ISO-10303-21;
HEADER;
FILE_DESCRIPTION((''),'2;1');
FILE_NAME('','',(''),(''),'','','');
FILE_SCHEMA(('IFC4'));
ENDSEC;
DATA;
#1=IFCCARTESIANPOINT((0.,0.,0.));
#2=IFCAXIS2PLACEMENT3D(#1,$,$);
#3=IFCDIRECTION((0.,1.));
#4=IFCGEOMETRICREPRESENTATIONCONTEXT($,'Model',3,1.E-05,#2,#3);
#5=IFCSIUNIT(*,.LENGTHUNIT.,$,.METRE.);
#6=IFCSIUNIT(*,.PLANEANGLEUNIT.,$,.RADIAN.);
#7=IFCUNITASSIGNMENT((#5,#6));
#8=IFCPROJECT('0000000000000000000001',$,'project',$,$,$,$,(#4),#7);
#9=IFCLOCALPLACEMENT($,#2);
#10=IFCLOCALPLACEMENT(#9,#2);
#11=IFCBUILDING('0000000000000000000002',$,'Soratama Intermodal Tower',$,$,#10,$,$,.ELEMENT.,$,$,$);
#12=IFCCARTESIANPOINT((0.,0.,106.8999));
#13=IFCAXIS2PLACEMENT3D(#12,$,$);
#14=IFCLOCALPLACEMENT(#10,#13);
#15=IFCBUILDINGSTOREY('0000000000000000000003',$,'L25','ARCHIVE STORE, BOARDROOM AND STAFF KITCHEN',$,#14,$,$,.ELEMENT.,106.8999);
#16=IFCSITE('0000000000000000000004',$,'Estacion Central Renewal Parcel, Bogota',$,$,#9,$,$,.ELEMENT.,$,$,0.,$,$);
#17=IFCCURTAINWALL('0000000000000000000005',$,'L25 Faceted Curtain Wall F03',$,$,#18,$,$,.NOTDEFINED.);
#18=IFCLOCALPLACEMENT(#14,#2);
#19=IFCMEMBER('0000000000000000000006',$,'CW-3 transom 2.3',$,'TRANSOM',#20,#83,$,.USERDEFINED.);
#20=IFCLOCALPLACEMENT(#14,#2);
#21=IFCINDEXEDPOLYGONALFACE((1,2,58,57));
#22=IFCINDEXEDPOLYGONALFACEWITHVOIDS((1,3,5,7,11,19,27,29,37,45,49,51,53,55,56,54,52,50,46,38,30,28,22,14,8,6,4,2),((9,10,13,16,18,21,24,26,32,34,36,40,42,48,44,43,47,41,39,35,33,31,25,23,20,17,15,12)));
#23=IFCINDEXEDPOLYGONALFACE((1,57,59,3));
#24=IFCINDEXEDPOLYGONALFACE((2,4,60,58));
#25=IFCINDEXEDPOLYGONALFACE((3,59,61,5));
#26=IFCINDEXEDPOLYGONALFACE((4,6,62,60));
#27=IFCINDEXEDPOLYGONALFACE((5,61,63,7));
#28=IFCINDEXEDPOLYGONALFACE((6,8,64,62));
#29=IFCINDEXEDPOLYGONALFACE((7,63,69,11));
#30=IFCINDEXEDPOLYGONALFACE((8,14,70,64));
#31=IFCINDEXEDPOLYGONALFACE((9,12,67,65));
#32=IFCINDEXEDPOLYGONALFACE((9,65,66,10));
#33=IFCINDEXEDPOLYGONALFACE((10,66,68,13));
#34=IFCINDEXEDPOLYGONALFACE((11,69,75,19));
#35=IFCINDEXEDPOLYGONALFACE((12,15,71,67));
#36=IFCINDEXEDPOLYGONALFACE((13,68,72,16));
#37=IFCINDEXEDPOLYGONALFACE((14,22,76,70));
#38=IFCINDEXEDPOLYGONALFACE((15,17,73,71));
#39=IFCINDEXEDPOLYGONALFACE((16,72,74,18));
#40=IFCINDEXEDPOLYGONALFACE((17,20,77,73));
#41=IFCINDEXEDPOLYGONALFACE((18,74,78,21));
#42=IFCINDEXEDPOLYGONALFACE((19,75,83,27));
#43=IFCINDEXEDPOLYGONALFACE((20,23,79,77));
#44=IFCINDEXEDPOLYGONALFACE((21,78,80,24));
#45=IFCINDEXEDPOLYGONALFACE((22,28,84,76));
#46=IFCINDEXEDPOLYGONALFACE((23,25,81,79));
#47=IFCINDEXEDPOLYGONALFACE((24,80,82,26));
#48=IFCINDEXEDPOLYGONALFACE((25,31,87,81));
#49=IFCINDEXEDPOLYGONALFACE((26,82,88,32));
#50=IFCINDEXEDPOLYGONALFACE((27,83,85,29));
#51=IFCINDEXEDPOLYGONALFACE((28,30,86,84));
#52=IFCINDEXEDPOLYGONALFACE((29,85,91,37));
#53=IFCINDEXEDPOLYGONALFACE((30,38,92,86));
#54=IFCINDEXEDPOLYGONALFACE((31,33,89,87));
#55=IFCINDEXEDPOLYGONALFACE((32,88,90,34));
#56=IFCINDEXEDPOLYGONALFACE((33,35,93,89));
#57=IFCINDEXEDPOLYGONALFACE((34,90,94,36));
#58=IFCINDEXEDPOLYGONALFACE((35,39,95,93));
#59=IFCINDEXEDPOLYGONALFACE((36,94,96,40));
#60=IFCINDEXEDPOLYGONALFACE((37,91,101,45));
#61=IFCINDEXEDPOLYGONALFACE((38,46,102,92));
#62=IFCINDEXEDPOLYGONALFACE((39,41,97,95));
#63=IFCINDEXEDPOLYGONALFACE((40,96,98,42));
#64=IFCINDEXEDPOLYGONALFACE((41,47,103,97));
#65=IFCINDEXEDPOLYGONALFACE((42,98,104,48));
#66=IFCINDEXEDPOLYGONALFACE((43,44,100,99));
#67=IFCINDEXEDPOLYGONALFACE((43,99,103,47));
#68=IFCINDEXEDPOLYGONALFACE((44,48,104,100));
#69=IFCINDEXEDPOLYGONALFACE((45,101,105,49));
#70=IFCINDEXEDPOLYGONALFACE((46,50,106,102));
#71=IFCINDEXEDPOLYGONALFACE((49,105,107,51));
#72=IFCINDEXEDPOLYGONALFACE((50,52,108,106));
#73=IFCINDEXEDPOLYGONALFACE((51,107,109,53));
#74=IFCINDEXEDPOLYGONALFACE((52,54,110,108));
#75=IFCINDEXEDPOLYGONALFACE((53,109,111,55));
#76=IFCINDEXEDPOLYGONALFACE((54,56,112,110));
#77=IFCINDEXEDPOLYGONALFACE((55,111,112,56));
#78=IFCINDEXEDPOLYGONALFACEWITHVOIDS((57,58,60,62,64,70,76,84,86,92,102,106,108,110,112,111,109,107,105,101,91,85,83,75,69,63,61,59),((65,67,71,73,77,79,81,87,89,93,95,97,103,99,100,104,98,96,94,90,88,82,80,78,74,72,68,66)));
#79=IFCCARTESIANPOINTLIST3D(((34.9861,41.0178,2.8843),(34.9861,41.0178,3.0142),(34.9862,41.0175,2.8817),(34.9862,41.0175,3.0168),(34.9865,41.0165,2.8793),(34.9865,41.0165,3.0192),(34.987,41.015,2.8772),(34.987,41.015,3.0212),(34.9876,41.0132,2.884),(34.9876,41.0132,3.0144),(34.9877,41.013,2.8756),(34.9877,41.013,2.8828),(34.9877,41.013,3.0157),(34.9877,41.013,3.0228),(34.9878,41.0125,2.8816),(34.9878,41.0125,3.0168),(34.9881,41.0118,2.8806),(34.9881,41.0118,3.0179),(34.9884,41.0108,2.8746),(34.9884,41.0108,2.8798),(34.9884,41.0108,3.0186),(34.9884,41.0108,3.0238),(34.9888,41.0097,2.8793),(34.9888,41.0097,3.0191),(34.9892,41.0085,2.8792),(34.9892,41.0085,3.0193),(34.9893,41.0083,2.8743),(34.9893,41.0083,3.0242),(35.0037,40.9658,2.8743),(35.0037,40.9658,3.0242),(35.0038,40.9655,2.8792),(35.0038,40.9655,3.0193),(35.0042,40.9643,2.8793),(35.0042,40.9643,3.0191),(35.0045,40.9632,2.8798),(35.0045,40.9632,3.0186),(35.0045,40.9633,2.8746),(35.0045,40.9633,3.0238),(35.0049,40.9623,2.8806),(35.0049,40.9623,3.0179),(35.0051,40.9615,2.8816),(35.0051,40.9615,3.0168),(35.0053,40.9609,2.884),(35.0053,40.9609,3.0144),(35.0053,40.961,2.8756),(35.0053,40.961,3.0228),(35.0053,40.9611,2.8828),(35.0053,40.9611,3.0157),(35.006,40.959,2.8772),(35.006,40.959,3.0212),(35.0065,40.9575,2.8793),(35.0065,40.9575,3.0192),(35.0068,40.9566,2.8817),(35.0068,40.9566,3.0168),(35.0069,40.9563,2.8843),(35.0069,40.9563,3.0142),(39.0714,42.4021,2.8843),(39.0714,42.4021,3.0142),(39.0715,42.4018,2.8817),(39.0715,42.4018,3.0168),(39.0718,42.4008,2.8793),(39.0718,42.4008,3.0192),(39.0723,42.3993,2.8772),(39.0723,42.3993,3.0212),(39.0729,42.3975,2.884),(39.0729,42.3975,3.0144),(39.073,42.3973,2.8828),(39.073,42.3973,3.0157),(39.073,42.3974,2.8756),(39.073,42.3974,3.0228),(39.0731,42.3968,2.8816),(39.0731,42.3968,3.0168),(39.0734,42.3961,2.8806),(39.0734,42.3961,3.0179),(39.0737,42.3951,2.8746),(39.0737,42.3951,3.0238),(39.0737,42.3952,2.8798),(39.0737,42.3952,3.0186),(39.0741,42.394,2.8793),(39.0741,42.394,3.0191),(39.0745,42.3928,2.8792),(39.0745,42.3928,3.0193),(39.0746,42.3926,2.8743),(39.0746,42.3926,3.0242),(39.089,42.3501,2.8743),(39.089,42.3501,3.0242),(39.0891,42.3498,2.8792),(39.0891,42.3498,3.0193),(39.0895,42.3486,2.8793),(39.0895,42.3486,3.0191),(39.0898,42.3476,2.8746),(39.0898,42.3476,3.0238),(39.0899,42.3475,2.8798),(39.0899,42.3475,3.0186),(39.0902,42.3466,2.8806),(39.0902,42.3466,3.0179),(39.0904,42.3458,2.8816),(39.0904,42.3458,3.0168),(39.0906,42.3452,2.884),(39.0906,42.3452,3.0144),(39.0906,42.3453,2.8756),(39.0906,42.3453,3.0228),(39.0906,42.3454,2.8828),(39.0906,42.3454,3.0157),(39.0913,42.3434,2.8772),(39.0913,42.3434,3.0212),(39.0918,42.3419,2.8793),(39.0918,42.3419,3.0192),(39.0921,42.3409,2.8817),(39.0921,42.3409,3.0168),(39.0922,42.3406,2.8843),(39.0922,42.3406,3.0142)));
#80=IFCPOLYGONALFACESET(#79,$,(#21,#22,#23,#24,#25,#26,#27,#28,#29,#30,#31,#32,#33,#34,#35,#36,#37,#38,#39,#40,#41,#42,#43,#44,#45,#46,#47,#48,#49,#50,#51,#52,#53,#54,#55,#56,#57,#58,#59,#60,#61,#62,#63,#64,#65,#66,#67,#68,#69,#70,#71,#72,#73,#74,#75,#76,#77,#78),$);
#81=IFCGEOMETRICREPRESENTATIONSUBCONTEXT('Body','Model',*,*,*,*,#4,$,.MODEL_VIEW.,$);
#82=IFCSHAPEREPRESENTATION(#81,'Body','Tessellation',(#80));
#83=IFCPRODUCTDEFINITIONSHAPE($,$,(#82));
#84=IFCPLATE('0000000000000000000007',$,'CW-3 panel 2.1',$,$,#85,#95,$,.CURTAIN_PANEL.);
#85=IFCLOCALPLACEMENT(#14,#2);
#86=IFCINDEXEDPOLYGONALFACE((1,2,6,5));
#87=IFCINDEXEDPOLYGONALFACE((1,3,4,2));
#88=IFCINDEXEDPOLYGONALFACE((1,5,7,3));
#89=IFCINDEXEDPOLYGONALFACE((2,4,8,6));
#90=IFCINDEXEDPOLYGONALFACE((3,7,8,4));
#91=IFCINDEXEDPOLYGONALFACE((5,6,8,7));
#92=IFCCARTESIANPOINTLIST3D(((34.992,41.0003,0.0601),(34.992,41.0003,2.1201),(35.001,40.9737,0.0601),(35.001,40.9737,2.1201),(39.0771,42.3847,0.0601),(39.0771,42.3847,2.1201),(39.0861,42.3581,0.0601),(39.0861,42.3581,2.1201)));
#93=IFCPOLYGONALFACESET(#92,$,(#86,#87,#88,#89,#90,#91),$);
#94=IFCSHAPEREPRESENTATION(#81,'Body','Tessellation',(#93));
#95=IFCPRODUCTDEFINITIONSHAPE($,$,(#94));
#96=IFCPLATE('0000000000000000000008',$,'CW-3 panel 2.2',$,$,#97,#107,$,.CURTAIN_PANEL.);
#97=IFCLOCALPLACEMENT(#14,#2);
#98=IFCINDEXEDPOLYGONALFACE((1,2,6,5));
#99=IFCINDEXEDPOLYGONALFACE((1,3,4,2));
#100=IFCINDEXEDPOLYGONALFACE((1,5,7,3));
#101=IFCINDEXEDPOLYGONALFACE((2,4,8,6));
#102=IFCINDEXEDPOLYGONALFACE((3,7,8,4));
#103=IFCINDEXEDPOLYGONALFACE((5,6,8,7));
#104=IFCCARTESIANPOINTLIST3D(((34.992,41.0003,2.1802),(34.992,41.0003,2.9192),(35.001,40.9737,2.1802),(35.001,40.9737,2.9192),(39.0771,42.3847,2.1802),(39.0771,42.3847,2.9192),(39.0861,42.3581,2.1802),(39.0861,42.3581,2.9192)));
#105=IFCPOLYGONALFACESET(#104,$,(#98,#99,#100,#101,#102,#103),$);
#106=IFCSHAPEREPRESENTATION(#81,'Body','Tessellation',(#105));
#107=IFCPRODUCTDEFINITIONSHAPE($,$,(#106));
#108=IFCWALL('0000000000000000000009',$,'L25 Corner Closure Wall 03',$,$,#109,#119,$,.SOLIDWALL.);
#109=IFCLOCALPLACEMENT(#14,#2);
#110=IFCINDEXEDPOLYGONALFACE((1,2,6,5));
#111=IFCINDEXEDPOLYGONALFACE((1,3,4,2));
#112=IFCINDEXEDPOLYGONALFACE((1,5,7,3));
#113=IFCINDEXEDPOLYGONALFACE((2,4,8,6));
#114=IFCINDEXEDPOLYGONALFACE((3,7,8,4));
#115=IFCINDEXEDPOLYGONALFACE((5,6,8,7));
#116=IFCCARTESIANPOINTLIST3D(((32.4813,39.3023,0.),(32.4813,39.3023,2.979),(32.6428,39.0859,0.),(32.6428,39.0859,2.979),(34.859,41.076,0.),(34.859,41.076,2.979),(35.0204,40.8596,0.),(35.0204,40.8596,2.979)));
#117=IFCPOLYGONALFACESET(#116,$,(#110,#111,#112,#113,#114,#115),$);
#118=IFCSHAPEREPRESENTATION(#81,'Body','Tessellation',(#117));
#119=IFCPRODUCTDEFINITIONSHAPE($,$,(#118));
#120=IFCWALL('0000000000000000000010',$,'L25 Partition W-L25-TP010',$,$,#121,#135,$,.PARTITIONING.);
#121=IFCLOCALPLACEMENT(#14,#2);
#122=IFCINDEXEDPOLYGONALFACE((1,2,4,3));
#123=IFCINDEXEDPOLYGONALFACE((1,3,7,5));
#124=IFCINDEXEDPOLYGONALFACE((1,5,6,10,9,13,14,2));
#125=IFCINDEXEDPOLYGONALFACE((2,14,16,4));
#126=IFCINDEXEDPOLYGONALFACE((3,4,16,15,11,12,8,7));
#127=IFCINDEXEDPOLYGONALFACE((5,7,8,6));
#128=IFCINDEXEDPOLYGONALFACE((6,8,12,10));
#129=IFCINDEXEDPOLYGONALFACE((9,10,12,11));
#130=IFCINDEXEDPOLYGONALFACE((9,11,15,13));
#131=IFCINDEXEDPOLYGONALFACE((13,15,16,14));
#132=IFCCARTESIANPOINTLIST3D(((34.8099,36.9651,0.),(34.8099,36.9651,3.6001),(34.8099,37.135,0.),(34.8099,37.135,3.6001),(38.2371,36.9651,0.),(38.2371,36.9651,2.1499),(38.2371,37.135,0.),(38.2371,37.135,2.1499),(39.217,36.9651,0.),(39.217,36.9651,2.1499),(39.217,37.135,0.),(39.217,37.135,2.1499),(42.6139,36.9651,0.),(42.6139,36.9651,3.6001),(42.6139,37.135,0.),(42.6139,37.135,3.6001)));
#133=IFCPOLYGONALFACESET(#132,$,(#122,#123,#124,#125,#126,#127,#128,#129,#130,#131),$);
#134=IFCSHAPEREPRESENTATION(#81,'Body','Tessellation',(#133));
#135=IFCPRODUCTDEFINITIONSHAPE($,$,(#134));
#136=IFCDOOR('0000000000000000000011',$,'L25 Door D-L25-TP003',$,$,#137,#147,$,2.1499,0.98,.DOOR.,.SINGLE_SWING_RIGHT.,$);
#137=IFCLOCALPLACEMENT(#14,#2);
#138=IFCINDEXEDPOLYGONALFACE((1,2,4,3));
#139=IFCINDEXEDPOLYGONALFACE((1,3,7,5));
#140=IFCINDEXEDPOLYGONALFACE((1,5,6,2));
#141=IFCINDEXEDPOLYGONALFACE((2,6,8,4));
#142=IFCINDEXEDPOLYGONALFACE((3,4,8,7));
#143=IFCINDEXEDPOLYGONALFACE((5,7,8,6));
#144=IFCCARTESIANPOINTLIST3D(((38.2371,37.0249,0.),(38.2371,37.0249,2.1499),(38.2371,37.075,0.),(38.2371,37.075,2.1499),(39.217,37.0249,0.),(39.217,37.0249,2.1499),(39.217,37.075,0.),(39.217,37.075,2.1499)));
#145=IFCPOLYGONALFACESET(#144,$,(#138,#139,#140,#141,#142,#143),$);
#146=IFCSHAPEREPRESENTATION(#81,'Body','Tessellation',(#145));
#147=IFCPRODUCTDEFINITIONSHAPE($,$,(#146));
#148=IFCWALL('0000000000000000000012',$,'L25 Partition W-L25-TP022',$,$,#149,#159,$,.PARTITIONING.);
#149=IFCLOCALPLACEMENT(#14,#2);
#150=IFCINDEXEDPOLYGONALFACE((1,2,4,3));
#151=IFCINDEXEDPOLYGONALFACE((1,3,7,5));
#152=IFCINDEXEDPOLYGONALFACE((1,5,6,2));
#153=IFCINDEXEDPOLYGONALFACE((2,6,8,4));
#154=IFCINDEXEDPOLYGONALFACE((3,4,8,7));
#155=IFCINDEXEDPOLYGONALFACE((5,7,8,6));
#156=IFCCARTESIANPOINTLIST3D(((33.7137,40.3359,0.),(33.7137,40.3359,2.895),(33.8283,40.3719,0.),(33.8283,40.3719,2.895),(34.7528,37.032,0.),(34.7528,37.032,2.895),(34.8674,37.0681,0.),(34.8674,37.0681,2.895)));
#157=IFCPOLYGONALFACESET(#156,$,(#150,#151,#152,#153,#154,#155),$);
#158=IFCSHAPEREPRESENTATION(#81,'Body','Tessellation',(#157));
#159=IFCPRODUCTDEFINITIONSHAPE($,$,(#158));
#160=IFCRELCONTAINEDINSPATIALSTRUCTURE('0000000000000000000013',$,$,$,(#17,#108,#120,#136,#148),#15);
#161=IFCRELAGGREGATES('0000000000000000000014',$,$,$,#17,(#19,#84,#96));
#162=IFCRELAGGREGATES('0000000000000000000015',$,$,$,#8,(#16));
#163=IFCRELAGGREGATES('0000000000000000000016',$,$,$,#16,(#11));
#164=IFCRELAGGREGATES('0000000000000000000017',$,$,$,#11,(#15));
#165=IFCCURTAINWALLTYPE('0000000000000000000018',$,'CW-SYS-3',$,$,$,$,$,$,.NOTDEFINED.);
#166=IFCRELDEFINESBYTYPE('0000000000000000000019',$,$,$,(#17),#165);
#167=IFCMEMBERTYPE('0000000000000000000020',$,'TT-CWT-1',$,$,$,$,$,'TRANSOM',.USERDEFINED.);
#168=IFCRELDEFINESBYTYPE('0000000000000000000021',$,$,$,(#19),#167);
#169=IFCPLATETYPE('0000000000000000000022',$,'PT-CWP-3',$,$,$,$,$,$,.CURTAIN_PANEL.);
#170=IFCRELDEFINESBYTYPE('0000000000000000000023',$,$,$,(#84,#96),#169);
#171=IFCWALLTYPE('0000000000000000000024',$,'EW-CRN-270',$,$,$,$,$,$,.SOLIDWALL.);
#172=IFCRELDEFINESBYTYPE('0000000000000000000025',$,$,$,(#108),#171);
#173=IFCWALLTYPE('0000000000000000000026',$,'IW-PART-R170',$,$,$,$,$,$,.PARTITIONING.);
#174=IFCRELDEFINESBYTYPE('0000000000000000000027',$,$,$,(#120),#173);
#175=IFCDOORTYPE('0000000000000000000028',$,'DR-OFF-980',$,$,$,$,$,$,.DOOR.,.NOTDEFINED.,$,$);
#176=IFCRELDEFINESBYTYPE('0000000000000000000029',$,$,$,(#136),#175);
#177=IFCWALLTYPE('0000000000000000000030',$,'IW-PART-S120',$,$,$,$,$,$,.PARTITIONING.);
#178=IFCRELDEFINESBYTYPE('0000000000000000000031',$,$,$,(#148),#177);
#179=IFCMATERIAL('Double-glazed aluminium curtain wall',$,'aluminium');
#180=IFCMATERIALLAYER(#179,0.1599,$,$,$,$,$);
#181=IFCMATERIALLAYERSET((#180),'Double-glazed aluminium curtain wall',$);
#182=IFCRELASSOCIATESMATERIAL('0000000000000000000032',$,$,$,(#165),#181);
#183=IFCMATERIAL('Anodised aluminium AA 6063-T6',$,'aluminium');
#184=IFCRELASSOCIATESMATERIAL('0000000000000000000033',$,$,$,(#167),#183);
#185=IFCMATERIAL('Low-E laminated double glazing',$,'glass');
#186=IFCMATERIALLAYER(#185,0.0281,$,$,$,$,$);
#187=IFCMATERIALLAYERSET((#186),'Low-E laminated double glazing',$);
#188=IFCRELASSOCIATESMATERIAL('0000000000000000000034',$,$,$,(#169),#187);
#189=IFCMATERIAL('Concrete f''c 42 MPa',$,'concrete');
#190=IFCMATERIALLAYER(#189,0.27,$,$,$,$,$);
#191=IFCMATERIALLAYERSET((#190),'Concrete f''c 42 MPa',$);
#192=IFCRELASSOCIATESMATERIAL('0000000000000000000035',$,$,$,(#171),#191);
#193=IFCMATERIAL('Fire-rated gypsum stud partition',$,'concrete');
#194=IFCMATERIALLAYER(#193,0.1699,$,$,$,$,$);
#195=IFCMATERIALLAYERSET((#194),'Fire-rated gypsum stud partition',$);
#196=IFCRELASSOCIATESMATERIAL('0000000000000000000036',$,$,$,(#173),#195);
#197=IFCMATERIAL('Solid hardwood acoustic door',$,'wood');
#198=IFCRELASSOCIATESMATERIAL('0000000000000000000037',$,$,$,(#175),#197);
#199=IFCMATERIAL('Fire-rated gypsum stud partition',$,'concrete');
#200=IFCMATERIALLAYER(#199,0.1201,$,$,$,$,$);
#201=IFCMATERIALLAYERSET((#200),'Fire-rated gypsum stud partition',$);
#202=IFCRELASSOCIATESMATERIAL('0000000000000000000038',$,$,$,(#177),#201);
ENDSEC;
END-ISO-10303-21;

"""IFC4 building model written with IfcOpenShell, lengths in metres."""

from ifc_helpers import new_model, si_unit, direction, frame, frame_2d, origin, origin_2d, place, context, subcontext, project, spatial, rectangle, hollow_rectangle, extrude, material, layer, layer_set, material_profile, profile_set, type_object, element, fill, aggregate, save


model = new_model("IFC4")

# Units and contexts
model_context = context("Model", 3, precision=1e-05, world=origin(), true_north=direction((0.0, 1.0)))
body_context = subcontext(model_context, "Body", "Model", "MODEL_VIEW")
ifc_project = project(units=[si_unit("LENGTHUNIT", "METRE"), si_unit("PLANEANGLEUNIT", "RADIAN")], contexts=[model_context])

# Site, building, storey
site_placement = place(None, origin())
site = spatial("IfcSite", under=ifc_project, at=site_placement, Name="Estacion Central Renewal Parcel, Bogota", CompositionType="ELEMENT", RefElevation=0.0)
building_placement = place(site_placement, origin())
building = spatial("IfcBuilding", under=site, at=building_placement, Name="Soratama Intermodal Tower", CompositionType="ELEMENT")
storey_placement = place(building_placement, frame((0.0, 0.0, 106.8999)))
storey = spatial("IfcBuildingStorey", under=building, at=storey_placement, Name="L25", Description="ARCHIVE STORE, BOARDROOM AND STAFF KITCHEN", CompositionType="ELEMENT", Elevation=106.8999)

# Curtain wall, member, plates
ifc_material_1 = material(Name="Double-glazed aluminium curtain wall", Category="aluminium")
ifc_layer_1 = layer(ifc_material_1, 0.1599)
ifc_layer_set_1 = layer_set([ifc_layer_1], Name="Double-glazed aluminium curtain wall")
curtain_wall_type = type_object("IfcCurtainWallType", Name="CW-SYS-3", PredefinedType="NOTDEFINED", material=ifc_layer_set_1)
curtain_wall_placement = place(storey_placement, origin())
curtain_wall = element("IfcCurtainWall", 1, at=curtain_wall_placement, inside=storey, type_object=curtain_wall_type, Name="L25 Faceted Curtain Wall F03", PredefinedType="NOTDEFINED")
ifc_material_2 = material(Name="Anodised aluminium AA 6063-T6", Category="aluminium")
ifc_material_profile_1 = material_profile(ifc_material_2, hollow_rectangle(XDim=0.0649, YDim=0.1499, WallThickness=0.0049, InnerFilletRadius=0.0049, OuterFilletRadius=0.01, at=origin_2d()), Name="CWT150X65X5")
ifc_profile_set_1 = profile_set([ifc_material_profile_1], Name="Anodised aluminium AA 6063-T6")
member_type_1 = type_object("IfcMemberType", Name="TT-CWT-1", ElementType="TRANSOM", PredefinedType="USERDEFINED", material=ifc_profile_set_1)
member_1_placement = place(storey_placement, frame((39.0818, 42.3713, 2.9492), z_axis=(-0.947104, -0.320927, 0.0), x_axis=(0.320927, -0.947104, 0.0)))
member_1 = element("IfcMember", 2, at=member_1_placement, type_object=member_type_1, Name="CW-3 transom 2.3", ObjectType="TRANSOM", PredefinedType="USERDEFINED", context=body_context, shape_type="SweptSolid", body=[
    extrude(hollow_rectangle(XDim=0.0649, YDim=0.1499, WallThickness=0.0049, InnerFilletRadius=0.0049, OuterFilletRadius=0.01, at=origin_2d()), origin(), (0.0, 0.0, 1.0), 4.3135),
])
ifc_material_3 = material(Name="Low-E laminated double glazing", Category="glass")
ifc_layer_2 = layer(ifc_material_3, 0.0281)
ifc_layer_set_2 = layer_set([ifc_layer_2], Name="Low-E laminated double glazing")
plate_type = type_object("IfcPlateType", Name="PT-CWP-3", PredefinedType="CURTAIN_PANEL", material=ifc_layer_set_2)
plate_1_placement = place(storey_placement, frame((37.0391, 41.6792, 0.0601), z_axis=(0.0, 0.0, 1.0), x_axis=(-0.947098, -0.320945, 0.0)))
plate_1 = element("IfcPlate", 3, at=plate_1_placement, type_object=plate_type, Name="CW-3 panel 2.1", PredefinedType="CURTAIN_PANEL", context=body_context, shape_type="SweptSolid", body=[
    extrude(rectangle(XDim=4.3132, YDim=0.0281, at=origin_2d()), origin(), (0.0, 0.0, 1.0), 2.0601),
])
plate_2_placement = place(storey_placement, frame((37.0391, 41.6792, 2.1802), z_axis=(0.0, 0.0, 1.0), x_axis=(-0.947098, -0.320945, 0.0)))
plate_2 = element("IfcPlate", 4, at=plate_2_placement, type_object=plate_type, Name="CW-3 panel 2.2", PredefinedType="CURTAIN_PANEL", context=body_context, shape_type="SweptSolid", body=[
    extrude(rectangle(XDim=4.3132, YDim=0.0281, at=origin_2d()), origin(), (0.0, 0.0, 1.0), 0.739),
])
aggregate(curtain_wall, [member_1, plate_1, plate_2])

# Wall
ifc_material_4 = material(Name="Concrete f'c 42 MPa", Category="concrete")
ifc_layer_3 = layer(ifc_material_4, 0.27)
ifc_layer_set_3 = layer_set([ifc_layer_3], Name="Concrete f'c 42 MPa")
wall_type_1 = type_object("IfcWallType", Name="EW-CRN-270", PredefinedType="SOLIDWALL", material=ifc_layer_set_3)
wall_1_placement = place(storey_placement, frame((34.9397, 40.9678, 0.0), z_axis=(0.0, 0.0, 1.0), x_axis=(-0.801548, -0.597931, 0.0)))
element("IfcWall", 5, at=wall_1_placement, inside=storey, type_object=wall_type_1, Name="L25 Corner Closure Wall 03", PredefinedType="SOLIDWALL", context=body_context, shape_type="SweptSolid", body=[
    extrude(rectangle(XDim=2.9663, YDim=0.27, at=frame_2d((1.4832, 0.0))), origin(), (0.0, 0.0, 1.0), 2.979),
])

# Wall, opening, door
ifc_material_5 = material(Name="Fire-rated gypsum stud partition", Category="concrete")
ifc_layer_4 = layer(ifc_material_5, 0.1699)
ifc_layer_set_4 = layer_set([ifc_layer_4], Name="Fire-rated gypsum stud partition")
wall_type_2 = type_object("IfcWallType", Name="IW-PART-R170", PredefinedType="PARTITIONING", material=ifc_layer_set_4)
wall_2_placement = place(storey_placement, frame((34.8101, 37.05, 0.0), z_axis=(0.0, 0.0, 1.0), x_axis=(1.0, 0.0, 0.0)))
wall_2 = element("IfcWall", 6, at=wall_2_placement, inside=storey, type_object=wall_type_2, Name="L25 Partition W-L25-TP010", PredefinedType="PARTITIONING", context=body_context, shape_type="SweptSolid", body=[
    extrude(rectangle(XDim=7.804, YDim=0.1699, at=frame_2d((3.9019, 0.0))), origin(), (0.0, 0.0, 1.0), 3.6001),
])
opening_placement = place(wall_2_placement, frame((3.427, 0.0, 0.0)))
opening = element("IfcOpeningElement", 7, at=opening_placement, cuts=wall_2, PredefinedType="OPENING", context=body_context, shape_type="SweptSolid", body=[
    extrude(rectangle(XDim=0.98, YDim=2.1499, at=frame_2d((0.49, 1.075))), frame((0.0, 0.095, 0.0), z_axis=(0.0, -1.0, 0.0), x_axis=(1.0, 0.0, 0.0)), (0.0, 0.0, 1.0), 0.1899),
])
ifc_material_6 = material(Name="Solid hardwood acoustic door", Category="wood")
door_type = type_object("IfcDoorType", Name="DR-OFF-980", OperationType="NOTDEFINED", PredefinedType="DOOR", material=ifc_material_6)
door_placement = place(opening_placement, origin())
door = element("IfcDoor", 8, at=door_placement, inside=storey, type_object=door_type, Name="L25 Door D-L25-TP003", OperationType="SINGLE_SWING_RIGHT", OverallHeight=2.1499, OverallWidth=0.98, PredefinedType="DOOR", context=body_context, shape_type="SweptSolid", body=[
    extrude(rectangle(XDim=0.98, YDim=2.1499, at=frame_2d((0.49, 1.075))), frame((0.0, 0.0249, 0.0), z_axis=(0.0, -1.0, 0.0), x_axis=(1.0, 0.0, 0.0)), (0.0, 0.0, 1.0), 0.05),
])
fill(opening, door)

# Wall
ifc_material_7 = material(Name="Fire-rated gypsum stud partition", Category="concrete")
ifc_layer_5 = layer(ifc_material_7, 0.1201)
ifc_layer_set_5 = layer_set([ifc_layer_5], Name="Fire-rated gypsum stud partition")
wall_type_3 = type_object("IfcWallType", Name="IW-PART-S120", PredefinedType="PARTITIONING", material=ifc_layer_set_5)
wall_3_placement = place(storey_placement, frame((34.8101, 37.05, 0.0), z_axis=(0.0, 0.0, 1.0), x_axis=(-0.300004, 0.953938, 0.0)))
element("IfcWall", 9, at=wall_3_placement, inside=storey, type_object=wall_type_3, Name="L25 Partition W-L25-TP022", PredefinedType="PARTITIONING", context=body_context, shape_type="SweptSolid", body=[
    extrude(rectangle(XDim=3.4634, YDim=0.1201, at=frame_2d((1.7317, 0.0))), origin(), (0.0, 0.0, 1.0), 2.895),
])

save(model, "model.ifc")
